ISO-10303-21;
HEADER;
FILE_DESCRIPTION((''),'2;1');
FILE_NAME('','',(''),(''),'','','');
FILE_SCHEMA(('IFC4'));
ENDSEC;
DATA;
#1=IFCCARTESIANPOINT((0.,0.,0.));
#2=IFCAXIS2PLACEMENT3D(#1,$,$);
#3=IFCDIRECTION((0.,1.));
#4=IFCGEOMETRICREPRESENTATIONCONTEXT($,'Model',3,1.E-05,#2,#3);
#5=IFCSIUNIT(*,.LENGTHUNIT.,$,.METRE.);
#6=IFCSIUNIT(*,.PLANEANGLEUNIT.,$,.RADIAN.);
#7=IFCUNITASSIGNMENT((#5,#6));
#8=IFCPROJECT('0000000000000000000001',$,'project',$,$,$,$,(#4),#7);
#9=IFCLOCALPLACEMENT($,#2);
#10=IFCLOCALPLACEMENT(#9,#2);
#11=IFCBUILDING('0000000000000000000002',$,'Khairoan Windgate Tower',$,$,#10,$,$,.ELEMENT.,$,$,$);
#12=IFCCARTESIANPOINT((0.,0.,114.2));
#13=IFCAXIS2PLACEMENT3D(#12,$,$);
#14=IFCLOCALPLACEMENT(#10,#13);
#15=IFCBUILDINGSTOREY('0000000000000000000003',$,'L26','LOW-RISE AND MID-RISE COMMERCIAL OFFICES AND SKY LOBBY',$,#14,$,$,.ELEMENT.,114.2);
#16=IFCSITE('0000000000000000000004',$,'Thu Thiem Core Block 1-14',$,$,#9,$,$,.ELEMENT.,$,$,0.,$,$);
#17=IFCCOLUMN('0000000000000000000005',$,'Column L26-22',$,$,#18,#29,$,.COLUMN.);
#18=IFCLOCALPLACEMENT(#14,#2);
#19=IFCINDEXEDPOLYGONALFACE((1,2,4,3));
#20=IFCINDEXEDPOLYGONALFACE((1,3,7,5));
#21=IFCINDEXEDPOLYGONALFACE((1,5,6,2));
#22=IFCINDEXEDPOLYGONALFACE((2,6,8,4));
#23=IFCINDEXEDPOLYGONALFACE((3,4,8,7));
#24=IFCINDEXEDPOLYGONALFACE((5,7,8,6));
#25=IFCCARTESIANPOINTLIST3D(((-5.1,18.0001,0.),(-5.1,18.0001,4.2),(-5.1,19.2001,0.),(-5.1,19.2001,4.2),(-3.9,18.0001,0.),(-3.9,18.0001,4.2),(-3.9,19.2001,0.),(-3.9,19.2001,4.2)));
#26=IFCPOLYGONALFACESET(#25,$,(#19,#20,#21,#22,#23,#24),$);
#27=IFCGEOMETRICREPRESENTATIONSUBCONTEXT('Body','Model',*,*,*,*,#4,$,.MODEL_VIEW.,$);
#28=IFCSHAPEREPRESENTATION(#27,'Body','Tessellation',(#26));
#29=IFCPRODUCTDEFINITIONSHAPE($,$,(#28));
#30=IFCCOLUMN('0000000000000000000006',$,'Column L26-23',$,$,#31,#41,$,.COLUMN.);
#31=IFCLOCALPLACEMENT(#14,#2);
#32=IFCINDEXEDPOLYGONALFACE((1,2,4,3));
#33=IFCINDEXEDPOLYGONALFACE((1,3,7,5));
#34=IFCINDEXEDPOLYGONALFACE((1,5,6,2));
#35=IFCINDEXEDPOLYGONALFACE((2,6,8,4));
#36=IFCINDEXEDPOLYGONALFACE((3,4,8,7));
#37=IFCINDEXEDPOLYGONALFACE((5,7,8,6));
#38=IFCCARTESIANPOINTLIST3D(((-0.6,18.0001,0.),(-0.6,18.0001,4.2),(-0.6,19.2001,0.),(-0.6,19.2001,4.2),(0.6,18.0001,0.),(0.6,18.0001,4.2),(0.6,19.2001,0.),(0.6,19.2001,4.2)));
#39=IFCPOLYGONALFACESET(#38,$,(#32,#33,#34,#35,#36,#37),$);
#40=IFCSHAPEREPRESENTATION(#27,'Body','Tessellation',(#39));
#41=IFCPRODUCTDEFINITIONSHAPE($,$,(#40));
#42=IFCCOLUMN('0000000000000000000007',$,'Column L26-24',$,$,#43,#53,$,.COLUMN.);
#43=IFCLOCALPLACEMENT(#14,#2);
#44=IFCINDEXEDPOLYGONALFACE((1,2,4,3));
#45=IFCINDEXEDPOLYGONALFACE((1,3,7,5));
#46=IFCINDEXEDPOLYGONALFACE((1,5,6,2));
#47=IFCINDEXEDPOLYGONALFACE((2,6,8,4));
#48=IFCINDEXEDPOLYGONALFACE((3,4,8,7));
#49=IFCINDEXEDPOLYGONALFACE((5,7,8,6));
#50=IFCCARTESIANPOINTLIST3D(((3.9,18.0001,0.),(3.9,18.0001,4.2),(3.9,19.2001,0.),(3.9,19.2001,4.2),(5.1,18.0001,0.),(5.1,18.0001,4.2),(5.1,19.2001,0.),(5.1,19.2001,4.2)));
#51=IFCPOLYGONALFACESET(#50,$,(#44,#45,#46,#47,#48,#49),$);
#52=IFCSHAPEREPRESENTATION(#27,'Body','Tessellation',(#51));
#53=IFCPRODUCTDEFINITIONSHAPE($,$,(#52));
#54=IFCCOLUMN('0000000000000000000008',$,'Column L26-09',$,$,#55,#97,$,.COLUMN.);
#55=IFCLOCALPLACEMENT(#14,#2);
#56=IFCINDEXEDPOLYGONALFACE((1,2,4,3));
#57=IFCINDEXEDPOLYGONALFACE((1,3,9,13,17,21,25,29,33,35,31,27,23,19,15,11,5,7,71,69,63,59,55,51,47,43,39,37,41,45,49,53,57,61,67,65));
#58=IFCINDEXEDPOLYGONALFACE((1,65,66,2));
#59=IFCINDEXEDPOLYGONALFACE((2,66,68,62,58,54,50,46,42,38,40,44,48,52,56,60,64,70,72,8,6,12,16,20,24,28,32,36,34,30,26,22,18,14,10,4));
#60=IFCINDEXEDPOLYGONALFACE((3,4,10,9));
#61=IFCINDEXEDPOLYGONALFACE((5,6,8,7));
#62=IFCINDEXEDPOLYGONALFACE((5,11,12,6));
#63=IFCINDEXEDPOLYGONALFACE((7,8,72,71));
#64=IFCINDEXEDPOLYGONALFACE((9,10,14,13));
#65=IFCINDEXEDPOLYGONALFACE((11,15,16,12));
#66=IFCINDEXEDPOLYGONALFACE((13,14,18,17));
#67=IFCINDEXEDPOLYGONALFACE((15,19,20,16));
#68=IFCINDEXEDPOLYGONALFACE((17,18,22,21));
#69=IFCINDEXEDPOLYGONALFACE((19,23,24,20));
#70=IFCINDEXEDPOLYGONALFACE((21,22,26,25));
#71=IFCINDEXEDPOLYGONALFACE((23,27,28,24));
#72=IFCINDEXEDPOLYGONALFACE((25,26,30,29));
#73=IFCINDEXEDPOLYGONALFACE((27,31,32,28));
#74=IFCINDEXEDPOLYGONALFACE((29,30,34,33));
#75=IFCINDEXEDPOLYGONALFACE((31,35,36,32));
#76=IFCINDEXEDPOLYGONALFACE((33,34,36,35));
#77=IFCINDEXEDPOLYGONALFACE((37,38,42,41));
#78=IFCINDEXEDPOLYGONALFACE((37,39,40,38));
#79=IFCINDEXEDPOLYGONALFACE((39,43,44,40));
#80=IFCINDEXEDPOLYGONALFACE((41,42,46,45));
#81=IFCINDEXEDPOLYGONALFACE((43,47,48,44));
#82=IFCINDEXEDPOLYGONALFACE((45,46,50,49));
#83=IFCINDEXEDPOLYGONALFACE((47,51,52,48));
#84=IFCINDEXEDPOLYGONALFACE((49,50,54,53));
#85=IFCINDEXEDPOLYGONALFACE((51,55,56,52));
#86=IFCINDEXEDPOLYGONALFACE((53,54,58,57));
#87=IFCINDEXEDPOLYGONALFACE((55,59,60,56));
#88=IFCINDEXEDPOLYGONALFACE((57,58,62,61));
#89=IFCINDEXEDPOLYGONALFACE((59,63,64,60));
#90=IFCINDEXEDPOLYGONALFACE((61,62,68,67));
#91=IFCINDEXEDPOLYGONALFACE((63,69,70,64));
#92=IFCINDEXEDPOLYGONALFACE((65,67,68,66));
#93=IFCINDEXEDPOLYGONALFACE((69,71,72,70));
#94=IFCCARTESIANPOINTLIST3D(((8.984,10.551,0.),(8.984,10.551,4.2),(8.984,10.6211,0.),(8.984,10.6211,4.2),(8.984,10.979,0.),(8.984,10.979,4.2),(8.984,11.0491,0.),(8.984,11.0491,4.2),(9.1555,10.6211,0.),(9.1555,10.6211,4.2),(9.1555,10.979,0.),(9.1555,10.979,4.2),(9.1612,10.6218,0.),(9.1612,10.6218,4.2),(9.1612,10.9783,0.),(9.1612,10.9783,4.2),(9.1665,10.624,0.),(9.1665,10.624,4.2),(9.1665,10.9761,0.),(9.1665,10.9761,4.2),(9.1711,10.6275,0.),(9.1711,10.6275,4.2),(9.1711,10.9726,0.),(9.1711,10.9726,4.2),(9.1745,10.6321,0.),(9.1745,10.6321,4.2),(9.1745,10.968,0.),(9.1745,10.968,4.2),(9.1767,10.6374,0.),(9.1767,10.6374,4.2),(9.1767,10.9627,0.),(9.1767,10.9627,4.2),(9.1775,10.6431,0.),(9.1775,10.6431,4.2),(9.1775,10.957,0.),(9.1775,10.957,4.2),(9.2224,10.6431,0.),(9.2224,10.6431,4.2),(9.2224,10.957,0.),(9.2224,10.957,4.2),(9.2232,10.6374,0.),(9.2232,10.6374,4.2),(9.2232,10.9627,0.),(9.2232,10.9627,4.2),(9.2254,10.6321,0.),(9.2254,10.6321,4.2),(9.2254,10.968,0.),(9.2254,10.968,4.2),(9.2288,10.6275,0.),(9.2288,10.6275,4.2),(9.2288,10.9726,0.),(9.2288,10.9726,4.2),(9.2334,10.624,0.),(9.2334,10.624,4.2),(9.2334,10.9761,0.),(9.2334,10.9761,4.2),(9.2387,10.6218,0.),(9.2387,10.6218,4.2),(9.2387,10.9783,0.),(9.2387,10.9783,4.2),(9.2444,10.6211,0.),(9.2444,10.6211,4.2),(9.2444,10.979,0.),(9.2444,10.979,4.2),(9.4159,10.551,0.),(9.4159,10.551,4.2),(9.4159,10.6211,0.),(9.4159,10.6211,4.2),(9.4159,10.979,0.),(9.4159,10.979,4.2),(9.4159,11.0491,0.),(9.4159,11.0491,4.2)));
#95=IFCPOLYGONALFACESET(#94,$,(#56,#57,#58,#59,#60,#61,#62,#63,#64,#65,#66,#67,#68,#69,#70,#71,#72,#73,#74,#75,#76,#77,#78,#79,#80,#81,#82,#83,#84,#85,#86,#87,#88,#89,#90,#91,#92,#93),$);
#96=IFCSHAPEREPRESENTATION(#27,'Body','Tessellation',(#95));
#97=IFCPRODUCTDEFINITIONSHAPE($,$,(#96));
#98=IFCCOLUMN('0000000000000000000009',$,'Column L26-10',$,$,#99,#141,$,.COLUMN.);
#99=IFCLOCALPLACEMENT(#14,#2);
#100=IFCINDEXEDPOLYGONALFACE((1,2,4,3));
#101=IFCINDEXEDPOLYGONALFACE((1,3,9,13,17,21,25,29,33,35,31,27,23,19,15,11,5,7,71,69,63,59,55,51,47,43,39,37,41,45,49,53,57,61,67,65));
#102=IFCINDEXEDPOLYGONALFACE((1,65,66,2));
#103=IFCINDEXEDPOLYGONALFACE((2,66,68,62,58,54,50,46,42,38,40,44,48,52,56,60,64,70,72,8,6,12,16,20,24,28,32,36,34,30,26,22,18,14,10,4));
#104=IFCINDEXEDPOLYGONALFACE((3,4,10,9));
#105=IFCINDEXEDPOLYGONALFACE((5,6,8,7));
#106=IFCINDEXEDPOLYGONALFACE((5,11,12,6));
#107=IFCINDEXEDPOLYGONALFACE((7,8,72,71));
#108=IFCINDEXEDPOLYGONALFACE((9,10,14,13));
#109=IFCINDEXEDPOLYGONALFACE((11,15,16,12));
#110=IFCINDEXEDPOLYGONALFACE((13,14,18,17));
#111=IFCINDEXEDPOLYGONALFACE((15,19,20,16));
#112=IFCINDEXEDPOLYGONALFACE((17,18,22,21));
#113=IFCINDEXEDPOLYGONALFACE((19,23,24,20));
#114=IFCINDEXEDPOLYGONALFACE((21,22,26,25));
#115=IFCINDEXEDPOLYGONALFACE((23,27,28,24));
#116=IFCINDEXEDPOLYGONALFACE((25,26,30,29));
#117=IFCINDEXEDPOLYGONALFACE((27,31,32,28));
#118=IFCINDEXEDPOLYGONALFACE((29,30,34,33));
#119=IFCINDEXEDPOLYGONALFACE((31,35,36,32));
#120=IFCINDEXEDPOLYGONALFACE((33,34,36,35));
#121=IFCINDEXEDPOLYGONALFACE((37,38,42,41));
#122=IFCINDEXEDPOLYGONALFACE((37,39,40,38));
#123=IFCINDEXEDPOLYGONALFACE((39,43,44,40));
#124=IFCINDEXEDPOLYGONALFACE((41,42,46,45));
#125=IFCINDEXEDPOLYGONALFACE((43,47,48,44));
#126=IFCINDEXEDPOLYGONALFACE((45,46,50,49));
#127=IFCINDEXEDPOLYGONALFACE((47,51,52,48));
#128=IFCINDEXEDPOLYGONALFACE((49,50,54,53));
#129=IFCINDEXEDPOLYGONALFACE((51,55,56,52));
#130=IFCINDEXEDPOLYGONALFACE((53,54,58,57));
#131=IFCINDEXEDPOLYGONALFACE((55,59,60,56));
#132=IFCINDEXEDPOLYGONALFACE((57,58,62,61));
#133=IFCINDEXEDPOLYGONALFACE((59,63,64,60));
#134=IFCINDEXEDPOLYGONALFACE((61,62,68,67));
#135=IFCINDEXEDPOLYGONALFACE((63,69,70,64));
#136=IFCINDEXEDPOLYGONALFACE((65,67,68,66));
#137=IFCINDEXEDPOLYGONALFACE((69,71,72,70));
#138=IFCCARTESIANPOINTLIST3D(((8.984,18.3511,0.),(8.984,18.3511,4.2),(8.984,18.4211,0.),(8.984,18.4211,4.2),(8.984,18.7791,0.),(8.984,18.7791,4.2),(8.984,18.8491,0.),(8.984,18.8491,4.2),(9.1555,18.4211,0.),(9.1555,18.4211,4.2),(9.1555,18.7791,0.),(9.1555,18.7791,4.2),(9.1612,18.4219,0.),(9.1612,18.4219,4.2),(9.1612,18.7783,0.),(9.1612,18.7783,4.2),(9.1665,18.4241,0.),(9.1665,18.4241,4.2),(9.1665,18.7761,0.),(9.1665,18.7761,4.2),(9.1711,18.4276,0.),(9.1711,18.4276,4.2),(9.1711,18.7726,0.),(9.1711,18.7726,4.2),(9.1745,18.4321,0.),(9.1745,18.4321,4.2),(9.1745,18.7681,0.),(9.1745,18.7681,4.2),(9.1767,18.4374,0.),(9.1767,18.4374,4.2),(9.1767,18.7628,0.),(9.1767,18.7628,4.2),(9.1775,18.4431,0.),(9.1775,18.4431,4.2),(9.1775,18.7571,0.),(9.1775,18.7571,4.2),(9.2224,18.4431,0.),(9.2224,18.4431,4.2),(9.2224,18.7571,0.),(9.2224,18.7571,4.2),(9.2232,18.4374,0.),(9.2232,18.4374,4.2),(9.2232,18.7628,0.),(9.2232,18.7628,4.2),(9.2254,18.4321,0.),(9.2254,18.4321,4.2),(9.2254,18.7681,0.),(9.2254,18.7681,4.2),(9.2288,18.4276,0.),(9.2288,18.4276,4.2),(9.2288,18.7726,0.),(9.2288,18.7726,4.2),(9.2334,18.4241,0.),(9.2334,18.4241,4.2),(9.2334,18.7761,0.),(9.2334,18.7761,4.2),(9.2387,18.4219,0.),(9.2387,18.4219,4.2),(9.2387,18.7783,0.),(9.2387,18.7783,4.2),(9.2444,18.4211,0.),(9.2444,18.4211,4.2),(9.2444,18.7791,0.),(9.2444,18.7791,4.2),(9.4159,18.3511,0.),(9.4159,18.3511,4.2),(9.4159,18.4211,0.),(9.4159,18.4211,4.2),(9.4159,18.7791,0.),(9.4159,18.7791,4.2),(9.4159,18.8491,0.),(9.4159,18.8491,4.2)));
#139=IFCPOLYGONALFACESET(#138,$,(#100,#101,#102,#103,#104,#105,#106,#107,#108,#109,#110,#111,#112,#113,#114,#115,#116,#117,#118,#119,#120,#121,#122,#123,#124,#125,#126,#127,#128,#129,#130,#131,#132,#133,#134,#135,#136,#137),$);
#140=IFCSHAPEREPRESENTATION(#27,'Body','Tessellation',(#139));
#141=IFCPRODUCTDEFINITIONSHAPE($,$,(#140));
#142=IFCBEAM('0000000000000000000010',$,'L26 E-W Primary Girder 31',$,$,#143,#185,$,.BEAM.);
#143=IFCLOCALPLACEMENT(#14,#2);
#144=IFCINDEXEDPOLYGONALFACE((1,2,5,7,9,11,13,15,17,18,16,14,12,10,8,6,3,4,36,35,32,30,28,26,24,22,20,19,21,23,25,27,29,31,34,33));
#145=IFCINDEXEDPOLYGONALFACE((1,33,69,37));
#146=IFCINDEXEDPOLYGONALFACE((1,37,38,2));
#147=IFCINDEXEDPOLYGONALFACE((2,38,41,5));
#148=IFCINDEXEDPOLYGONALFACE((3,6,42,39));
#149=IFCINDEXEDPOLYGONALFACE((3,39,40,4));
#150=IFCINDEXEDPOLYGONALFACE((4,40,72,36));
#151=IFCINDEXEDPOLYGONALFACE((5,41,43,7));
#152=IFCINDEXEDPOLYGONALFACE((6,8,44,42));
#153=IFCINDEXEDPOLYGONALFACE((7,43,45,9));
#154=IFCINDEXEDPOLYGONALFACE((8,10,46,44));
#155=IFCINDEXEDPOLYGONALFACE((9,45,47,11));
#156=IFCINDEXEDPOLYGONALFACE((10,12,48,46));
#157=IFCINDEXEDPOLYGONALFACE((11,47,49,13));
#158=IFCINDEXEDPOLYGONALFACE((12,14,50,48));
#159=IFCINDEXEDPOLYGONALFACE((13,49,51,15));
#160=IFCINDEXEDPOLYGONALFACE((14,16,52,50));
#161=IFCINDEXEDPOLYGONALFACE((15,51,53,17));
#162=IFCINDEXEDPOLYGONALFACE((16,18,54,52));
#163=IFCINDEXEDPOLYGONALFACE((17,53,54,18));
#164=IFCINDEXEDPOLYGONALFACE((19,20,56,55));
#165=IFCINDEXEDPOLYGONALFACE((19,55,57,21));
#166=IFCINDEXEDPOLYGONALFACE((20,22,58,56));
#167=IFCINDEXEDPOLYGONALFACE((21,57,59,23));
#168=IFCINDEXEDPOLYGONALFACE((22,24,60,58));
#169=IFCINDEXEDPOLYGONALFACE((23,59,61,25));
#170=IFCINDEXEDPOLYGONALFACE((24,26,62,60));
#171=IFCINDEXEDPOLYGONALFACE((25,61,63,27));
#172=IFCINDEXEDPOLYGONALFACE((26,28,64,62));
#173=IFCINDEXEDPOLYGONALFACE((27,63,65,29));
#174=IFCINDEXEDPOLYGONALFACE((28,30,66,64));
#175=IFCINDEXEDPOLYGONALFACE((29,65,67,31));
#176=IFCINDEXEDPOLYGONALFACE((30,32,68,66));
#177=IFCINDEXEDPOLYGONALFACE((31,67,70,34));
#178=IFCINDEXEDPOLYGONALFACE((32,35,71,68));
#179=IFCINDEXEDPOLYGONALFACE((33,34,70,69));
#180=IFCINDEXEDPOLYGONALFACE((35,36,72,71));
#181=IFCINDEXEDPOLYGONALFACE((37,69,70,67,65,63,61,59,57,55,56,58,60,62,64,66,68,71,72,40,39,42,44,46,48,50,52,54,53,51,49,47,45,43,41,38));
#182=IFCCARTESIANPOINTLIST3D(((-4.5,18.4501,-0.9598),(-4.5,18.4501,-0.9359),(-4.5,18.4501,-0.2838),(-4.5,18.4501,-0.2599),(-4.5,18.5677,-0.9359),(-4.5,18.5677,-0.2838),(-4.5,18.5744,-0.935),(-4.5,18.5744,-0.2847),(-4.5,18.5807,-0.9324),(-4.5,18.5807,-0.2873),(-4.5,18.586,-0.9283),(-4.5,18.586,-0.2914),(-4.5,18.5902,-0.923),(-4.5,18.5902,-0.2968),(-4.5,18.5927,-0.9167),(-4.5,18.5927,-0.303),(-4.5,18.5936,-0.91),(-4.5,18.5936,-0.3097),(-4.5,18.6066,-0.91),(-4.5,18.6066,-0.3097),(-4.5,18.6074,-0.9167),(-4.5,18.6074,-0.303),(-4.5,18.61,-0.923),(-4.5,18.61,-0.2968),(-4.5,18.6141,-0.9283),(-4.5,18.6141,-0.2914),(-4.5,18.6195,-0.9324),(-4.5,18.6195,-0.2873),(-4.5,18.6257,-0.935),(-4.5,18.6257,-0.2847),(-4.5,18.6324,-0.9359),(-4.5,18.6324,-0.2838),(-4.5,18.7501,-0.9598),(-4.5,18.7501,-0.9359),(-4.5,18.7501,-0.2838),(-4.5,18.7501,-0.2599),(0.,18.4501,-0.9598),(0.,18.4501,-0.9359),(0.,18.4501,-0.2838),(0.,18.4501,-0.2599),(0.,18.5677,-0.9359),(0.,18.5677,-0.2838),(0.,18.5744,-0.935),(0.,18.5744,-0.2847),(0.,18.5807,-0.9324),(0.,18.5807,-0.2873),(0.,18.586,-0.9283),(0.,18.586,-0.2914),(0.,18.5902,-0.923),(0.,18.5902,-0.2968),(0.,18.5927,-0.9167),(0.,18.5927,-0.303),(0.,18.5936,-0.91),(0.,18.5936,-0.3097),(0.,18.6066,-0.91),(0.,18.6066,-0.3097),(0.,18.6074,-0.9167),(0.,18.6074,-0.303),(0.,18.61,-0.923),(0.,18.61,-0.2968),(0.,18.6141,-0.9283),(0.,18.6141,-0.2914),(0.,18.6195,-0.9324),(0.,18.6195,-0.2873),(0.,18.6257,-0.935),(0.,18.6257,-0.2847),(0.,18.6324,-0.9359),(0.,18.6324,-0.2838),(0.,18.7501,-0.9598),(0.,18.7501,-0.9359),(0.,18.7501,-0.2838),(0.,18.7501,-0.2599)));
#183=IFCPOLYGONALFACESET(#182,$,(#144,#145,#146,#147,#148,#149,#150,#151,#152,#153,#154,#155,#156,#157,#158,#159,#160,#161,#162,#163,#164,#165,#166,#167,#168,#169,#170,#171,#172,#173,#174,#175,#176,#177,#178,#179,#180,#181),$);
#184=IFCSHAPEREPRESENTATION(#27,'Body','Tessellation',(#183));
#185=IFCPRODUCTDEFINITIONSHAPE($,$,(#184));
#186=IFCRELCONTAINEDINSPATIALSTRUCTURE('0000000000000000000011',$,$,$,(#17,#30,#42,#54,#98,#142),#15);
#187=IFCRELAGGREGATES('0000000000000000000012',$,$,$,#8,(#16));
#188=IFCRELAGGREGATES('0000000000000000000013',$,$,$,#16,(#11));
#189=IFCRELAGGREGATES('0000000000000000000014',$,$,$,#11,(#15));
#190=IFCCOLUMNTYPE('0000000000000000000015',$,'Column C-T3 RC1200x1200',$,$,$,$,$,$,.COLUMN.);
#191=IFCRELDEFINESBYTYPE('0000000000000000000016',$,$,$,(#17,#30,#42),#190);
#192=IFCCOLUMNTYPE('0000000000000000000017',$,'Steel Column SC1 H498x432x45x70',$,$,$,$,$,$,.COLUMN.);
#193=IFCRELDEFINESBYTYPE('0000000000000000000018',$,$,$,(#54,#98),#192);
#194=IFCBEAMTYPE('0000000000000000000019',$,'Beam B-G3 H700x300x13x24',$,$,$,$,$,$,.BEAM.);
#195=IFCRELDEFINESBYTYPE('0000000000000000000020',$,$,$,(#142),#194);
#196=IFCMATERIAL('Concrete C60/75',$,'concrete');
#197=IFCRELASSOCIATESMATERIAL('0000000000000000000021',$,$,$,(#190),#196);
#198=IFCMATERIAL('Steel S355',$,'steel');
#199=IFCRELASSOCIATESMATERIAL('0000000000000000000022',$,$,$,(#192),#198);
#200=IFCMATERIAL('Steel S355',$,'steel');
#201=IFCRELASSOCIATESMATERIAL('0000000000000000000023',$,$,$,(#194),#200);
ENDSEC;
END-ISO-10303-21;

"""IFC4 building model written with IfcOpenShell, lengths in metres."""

from ifc_helpers import new_model, si_unit, direction, frame, origin, origin_2d, place, context, subcontext, project, spatial, rectangle, i_section, extrude, material, material_profile, profile_set, type_object, element, save


model = new_model("IFC4")

# Units and contexts
model_context = context("Model", 3, precision=1e-05, world=origin(), true_north=direction((0.0, 1.0)))
body_context = subcontext(model_context, "Body", "Model", "MODEL_VIEW")
ifc_project = project(units=[si_unit("LENGTHUNIT", "METRE"), si_unit("PLANEANGLEUNIT", "RADIAN")], contexts=[model_context])

# Site, building, storey
site_placement = place(None, origin())
site = spatial("IfcSite", under=ifc_project, at=site_placement, Name="Thu Thiem Core Block 1-14", CompositionType="ELEMENT", RefElevation=0.0)
building_placement = place(site_placement, origin())
building = spatial("IfcBuilding", under=site, at=building_placement, Name="Khairoan Windgate Tower", CompositionType="ELEMENT")
storey_placement = place(building_placement, frame((0.0, 0.0, 114.2)))
storey = spatial("IfcBuildingStorey", under=building, at=storey_placement, Name="L26", Description="LOW-RISE AND MID-RISE COMMERCIAL OFFICES AND SKY LOBBY", CompositionType="ELEMENT", Elevation=114.2)

# Columns
ifc_material_1 = material(Name="Concrete C60/75", Category="concrete")
ifc_material_profile_1 = material_profile(ifc_material_1, rectangle(XDim=1.2, YDim=1.2, at=origin_2d()))
ifc_profile_set_1 = profile_set([ifc_material_profile_1], Name="Concrete C60/75")
column_type_1 = type_object("IfcColumnType", Name="Column C-T3 RC1200x1200", PredefinedType="COLUMN", material=ifc_profile_set_1)
for number, where, z_axis, x_axis, name in (
    (1, (-4.5, 18.6001, 0.0), (0.0, 0.0, 1.0), (1.0, 0.0, 0.0), "Column L26-22"),
    (2, (0.0, 18.6001, 0.0), (0.0, 0.0, 1.0), (1.0, 0.0, 0.0), "Column L26-23"),
    (3, (4.5, 18.6001, 0.0), (0.0, 0.0, 1.0), (1.0, 0.0, 0.0), "Column L26-24"),
):
    element("IfcColumn", number, at=place(storey_placement, frame(where, z_axis=z_axis, x_axis=x_axis)), inside=storey, type_object=column_type_1, Name=name, PredefinedType="COLUMN", context=body_context, shape_type="SweptSolid", body=[
        extrude(rectangle(XDim=1.2, YDim=1.2, at=origin_2d()), origin(), (0.0, 0.0, 1.0), 4.2),
    ])
ifc_material_2 = material(Name="Steel S355", Category="steel")
ifc_material_profile_2 = material_profile(ifc_material_2, i_section(OverallWidth=0.4319, OverallDepth=0.498, WebThickness=0.0449, FlangeThickness=0.0701, FilletRadius=0.022, at=origin_2d()))
ifc_profile_set_2 = profile_set([ifc_material_profile_2], Name="Steel S355")
column_type_2 = type_object("IfcColumnType", Name="Steel Column SC1 H498x432x45x70", PredefinedType="COLUMN", material=ifc_profile_set_2)
for number, where, z_axis, x_axis, name in (
    (4, (9.2, 10.8, 0.0), (0.0, 0.0, 1.0), (1.0, 0.0, 0.0), "Column L26-09"),
    (5, (9.2, 18.6001, 0.0), (0.0, 0.0, 1.0), (1.0, 0.0, 0.0), "Column L26-10"),
):
    element("IfcColumn", number, at=place(storey_placement, frame(where, z_axis=z_axis, x_axis=x_axis)), inside=storey, type_object=column_type_2, Name=name, PredefinedType="COLUMN", context=body_context, shape_type="SweptSolid", body=[
        extrude(i_section(OverallWidth=0.4319, OverallDepth=0.498, WebThickness=0.0449, FlangeThickness=0.0701, FilletRadius=0.022, at=origin_2d()), origin(), (0.0, 0.0, 1.0), 4.2),
    ])

# Beam
ifc_material_3 = material(Name="Steel S355", Category="steel")
ifc_material_profile_3 = material_profile(ifc_material_3, i_section(OverallWidth=0.3, OverallDepth=0.7, WebThickness=0.0129, FlangeThickness=0.0239, FilletRadius=0.0259, at=origin_2d()))
ifc_profile_set_3 = profile_set([ifc_material_profile_3], Name="Steel S355")
beam_type_1 = type_object("IfcBeamType", Name="Beam B-G3 H700x300x13x24", PredefinedType="BEAM", material=ifc_profile_set_3)
for number, where, z_axis, x_axis, name in (
    (6, (-4.5, 18.6001, -0.6099), (1.0, 0.0, 0.0), (0.0, 1.0, 0.0), "L26 E-W Primary Girder 31"),
):
    element("IfcBeam", number, at=place(storey_placement, frame(where, z_axis=z_axis, x_axis=x_axis)), inside=storey, type_object=beam_type_1, Name=name, PredefinedType="BEAM", context=body_context, shape_type="SweptSolid", body=[
        extrude(i_section(OverallWidth=0.3, OverallDepth=0.7, WebThickness=0.0129, FlangeThickness=0.0239, FilletRadius=0.0259, at=origin_2d()), origin(), (0.0, 0.0, 1.0), 4.5),
    ])

save(model, "model.ifc")
